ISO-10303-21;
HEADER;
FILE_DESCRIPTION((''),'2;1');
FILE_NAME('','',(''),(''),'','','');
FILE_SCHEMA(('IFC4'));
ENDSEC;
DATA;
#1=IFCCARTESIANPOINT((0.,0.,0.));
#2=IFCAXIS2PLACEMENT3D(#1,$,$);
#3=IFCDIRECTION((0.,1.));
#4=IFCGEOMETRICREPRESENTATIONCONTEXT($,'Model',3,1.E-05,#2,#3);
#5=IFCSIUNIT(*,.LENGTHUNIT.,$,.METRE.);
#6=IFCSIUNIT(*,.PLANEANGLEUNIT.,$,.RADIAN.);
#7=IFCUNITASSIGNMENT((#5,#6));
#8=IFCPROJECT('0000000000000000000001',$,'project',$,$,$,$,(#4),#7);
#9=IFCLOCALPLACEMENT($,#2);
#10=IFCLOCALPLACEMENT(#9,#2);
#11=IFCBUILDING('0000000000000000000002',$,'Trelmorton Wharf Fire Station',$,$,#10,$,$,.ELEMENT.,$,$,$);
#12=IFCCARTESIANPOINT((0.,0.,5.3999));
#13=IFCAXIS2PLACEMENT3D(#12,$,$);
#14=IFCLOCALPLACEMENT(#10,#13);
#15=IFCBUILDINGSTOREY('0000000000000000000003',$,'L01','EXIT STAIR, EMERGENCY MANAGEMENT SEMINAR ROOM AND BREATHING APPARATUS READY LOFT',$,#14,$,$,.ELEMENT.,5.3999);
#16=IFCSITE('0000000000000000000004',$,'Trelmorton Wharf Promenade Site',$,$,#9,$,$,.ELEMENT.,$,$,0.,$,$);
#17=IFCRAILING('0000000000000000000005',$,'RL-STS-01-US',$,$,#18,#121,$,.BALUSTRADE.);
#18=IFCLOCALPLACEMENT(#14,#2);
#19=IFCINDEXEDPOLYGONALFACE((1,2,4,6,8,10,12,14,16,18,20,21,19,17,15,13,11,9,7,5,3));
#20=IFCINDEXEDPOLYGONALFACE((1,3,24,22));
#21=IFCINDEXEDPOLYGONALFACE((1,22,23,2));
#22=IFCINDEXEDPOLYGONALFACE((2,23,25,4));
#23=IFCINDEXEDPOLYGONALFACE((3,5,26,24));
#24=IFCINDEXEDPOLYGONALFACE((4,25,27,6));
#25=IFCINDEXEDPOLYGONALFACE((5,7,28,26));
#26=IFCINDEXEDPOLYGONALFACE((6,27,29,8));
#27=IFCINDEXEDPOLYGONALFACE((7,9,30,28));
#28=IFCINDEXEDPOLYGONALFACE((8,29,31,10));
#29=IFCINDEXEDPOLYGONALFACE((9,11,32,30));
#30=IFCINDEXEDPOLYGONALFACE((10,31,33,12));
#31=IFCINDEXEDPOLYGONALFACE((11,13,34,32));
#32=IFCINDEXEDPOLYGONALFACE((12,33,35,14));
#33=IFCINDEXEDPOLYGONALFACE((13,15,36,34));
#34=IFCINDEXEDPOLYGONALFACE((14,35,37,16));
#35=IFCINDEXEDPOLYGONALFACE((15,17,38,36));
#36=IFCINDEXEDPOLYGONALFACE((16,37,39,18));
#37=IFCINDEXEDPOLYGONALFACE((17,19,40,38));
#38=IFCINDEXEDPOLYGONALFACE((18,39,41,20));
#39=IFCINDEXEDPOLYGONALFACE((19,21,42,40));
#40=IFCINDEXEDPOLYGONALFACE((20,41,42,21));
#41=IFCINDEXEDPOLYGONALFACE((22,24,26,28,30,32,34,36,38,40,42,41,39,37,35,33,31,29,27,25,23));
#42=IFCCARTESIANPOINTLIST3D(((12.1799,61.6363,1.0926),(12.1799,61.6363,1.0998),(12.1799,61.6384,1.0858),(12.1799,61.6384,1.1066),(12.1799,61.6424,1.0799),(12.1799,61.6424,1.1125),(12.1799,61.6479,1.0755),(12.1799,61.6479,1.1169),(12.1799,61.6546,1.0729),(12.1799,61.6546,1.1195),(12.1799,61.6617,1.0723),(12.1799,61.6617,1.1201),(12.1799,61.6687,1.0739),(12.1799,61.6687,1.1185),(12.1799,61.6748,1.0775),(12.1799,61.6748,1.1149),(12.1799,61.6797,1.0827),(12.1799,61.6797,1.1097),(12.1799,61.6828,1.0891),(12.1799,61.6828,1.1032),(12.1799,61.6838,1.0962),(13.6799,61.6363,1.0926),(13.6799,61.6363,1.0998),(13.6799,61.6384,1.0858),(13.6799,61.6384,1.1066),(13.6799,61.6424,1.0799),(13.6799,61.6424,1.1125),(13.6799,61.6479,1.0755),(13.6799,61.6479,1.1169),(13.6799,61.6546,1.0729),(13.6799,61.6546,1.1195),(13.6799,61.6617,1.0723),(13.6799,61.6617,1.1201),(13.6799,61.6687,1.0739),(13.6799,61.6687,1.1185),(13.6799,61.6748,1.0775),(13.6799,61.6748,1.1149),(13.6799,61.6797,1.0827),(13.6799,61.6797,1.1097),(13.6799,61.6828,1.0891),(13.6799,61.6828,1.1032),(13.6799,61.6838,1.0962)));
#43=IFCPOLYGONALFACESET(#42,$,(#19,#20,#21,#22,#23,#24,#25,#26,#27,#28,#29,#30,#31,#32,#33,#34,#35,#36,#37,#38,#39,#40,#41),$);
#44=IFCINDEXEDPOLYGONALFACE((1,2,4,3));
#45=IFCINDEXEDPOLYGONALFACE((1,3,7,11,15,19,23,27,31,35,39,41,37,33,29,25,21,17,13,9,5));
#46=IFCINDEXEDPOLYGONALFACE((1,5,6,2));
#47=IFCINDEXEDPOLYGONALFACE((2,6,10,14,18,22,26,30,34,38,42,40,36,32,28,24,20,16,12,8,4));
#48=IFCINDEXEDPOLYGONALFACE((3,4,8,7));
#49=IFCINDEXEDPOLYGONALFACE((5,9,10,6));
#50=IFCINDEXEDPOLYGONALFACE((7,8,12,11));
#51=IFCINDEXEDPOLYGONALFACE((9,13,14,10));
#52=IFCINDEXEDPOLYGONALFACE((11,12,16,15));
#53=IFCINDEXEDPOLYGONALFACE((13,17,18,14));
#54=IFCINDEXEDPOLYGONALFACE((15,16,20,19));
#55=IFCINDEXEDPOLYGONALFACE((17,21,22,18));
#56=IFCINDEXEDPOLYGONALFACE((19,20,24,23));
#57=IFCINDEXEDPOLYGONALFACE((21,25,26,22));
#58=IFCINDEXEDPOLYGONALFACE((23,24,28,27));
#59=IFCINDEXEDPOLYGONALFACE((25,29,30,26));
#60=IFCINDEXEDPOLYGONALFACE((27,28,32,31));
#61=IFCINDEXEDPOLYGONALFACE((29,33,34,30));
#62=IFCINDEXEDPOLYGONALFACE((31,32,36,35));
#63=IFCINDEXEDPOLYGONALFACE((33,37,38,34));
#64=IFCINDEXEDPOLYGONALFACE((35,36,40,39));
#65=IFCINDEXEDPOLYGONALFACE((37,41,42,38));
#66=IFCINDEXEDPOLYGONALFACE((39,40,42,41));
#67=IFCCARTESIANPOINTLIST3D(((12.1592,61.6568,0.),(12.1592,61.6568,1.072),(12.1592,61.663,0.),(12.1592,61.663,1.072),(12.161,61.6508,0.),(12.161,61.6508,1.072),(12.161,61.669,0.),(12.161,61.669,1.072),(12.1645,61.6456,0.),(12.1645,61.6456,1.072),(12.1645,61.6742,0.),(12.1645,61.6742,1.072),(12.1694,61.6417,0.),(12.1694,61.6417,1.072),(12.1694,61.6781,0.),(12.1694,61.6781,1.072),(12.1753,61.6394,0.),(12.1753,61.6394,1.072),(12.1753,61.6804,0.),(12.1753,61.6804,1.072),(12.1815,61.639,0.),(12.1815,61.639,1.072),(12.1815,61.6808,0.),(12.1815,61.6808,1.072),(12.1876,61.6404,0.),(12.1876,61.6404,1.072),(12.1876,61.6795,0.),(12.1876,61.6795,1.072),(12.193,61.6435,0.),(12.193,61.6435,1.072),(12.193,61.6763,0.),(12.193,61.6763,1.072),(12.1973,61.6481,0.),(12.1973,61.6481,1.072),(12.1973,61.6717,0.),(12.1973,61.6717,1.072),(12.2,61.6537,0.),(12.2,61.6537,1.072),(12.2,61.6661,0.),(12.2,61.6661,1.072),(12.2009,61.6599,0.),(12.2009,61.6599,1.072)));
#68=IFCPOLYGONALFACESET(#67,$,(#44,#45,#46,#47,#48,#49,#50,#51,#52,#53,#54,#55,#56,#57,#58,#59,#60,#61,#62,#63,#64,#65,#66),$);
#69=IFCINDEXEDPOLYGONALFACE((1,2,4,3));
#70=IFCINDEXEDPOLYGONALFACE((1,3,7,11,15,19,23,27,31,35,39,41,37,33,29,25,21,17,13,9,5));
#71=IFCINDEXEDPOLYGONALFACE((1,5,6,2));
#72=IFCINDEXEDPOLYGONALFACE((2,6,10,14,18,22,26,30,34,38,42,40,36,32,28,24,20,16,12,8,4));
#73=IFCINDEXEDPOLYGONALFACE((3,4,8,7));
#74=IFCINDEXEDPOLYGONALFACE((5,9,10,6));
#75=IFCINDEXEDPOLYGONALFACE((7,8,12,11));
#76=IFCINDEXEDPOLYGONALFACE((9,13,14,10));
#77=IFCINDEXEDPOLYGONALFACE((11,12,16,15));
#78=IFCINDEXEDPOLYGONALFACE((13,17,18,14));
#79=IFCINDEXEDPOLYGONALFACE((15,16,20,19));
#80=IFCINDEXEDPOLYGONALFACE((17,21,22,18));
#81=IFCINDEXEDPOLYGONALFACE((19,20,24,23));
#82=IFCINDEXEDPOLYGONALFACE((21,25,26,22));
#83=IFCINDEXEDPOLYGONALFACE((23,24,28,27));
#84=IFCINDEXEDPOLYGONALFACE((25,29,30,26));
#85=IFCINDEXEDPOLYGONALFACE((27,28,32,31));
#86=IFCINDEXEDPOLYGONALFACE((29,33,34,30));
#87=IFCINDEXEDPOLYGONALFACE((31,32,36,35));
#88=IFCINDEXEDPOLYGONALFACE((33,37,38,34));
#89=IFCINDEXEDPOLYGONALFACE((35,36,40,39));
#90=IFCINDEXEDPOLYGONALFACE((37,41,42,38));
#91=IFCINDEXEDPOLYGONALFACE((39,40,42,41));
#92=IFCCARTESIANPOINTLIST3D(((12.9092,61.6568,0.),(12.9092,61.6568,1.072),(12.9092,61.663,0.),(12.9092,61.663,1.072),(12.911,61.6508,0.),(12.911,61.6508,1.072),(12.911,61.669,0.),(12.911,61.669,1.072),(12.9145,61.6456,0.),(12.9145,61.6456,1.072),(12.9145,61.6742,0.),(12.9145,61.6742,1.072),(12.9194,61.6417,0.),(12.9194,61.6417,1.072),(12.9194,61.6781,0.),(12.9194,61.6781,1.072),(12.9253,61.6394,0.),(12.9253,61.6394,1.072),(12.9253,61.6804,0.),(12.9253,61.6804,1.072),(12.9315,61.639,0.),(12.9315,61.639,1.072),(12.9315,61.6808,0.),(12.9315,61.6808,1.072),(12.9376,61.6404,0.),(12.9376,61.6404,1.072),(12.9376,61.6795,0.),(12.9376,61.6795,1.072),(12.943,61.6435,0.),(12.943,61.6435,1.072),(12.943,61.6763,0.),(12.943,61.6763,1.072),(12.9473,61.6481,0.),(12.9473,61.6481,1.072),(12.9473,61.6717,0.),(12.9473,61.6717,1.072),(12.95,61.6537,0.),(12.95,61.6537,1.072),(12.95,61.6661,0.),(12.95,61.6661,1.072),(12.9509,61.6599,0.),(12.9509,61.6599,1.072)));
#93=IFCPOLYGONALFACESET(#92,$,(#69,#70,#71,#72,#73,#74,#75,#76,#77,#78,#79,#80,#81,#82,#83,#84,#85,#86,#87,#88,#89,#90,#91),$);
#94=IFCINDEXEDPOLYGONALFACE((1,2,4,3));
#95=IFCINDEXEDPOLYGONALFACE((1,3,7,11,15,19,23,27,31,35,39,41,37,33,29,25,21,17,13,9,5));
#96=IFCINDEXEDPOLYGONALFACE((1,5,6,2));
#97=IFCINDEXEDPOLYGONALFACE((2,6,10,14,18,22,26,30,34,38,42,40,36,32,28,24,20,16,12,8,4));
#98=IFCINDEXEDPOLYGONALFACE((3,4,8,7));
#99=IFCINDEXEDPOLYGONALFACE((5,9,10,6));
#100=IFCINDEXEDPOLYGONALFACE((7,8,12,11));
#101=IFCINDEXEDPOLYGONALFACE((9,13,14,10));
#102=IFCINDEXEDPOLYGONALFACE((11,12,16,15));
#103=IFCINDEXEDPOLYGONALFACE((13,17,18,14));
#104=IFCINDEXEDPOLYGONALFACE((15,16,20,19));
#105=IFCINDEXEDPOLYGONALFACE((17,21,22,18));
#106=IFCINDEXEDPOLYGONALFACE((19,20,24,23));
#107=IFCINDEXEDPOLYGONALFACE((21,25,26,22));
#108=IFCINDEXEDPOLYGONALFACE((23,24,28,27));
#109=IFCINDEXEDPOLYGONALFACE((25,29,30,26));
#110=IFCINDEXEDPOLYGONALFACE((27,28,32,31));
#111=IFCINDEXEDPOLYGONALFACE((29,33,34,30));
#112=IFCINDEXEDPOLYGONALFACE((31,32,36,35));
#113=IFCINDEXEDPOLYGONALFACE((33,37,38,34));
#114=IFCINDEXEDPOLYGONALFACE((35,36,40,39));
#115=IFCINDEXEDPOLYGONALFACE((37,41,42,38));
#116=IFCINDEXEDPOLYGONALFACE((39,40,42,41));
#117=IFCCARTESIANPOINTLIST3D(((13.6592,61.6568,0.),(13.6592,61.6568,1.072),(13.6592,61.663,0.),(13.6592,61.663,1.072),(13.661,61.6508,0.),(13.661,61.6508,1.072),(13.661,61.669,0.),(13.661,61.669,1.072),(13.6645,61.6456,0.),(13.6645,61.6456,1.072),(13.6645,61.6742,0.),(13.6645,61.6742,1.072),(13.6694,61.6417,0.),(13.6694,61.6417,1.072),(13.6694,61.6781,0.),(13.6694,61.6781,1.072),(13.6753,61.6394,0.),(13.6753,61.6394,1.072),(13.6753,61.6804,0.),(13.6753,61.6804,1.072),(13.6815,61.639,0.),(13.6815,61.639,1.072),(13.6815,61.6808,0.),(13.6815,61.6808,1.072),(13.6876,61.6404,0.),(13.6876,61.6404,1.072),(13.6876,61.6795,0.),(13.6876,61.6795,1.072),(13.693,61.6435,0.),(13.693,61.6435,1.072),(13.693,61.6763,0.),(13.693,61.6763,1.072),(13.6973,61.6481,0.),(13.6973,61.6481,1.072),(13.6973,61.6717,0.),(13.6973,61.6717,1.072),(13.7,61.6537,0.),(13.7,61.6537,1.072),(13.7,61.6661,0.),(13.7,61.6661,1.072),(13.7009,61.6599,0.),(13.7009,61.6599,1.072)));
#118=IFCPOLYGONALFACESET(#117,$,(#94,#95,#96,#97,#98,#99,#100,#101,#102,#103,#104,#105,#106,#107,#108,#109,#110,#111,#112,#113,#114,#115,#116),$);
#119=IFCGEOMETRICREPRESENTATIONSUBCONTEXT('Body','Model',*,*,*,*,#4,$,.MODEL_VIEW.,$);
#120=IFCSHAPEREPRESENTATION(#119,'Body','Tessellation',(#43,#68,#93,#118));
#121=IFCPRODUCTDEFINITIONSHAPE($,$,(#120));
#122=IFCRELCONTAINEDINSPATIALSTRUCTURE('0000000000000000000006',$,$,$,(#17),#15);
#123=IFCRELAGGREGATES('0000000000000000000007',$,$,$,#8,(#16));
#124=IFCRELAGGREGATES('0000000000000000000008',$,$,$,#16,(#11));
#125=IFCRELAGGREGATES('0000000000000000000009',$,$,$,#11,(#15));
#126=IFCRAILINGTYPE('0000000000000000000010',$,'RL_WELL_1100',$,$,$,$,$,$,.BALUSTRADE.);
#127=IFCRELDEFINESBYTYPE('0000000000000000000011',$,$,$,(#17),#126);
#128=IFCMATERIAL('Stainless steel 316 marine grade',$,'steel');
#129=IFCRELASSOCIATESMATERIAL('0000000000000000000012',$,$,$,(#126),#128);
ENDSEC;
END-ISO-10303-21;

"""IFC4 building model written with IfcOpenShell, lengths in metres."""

from ifc_helpers import new_model, si_unit, direction, frame, origin, origin_2d, place, context, subcontext, project, spatial, circle, extrude, material, type_object, element, save


model = new_model("IFC4")

# Units and contexts
model_context = context("Model", 3, precision=1e-05, world=origin(), true_north=direction((0.0, 1.0)))
body_context = subcontext(model_context, "Body", "Model", "MODEL_VIEW")
ifc_project = project(units=[si_unit("LENGTHUNIT", "METRE"), si_unit("PLANEANGLEUNIT", "RADIAN")], contexts=[model_context])

# Site, building, storey
site_placement = place(None, origin())
site = spatial("IfcSite", under=ifc_project, at=site_placement, Name="Trelmorton Wharf Promenade Site", CompositionType="ELEMENT", RefElevation=0.0)
building_placement = place(site_placement, origin())
building = spatial("IfcBuilding", under=site, at=building_placement, Name="Trelmorton Wharf Fire Station", CompositionType="ELEMENT")
storey_placement = place(building_placement, frame((0.0, 0.0, 5.3999)))
storey = spatial("IfcBuildingStorey", under=building, at=storey_placement, Name="L01", Description="EXIT STAIR, EMERGENCY MANAGEMENT SEMINAR ROOM AND BREATHING APPARATUS READY LOFT", CompositionType="ELEMENT", Elevation=5.3999)

# Railing
ifc_material_1 = material(Name="Stainless steel 316 marine grade", Category="steel")
railing_type = type_object("IfcRailingType", Name="RL_WELL_1100", PredefinedType="BALUSTRADE", material=ifc_material_1)
railing_1_placement = place(storey_placement, frame((12.1799, 61.6599, 0.0)))
element("IfcRailing", 1, at=railing_1_placement, inside=storey, type_object=railing_type, Name="RL-STS-01-US", PredefinedType="BALUSTRADE", context=body_context, shape_type="SweptSolid", body=[
    extrude(circle(Radius=0.0239, at=origin_2d()), frame((0.0, 0.0, 1.0962), z_axis=(1.0, 0.0, 0.0), x_axis=(0.0, 1.0, 0.0)), (0.0, 0.0, 1.0), 1.5),
    extrude(circle(Radius=0.021, at=origin_2d()), origin(), (0.0, 0.0, 1.0), 1.072),
    extrude(circle(Radius=0.021, at=origin_2d()), frame((0.75, 0.0, 0.0)), (0.0, 0.0, 1.0), 1.072),
    extrude(circle(Radius=0.021, at=origin_2d()), frame((1.5, 0.0, 0.0)), (0.0, 0.0, 1.0), 1.072),
])

save(model, "model.ifc")
